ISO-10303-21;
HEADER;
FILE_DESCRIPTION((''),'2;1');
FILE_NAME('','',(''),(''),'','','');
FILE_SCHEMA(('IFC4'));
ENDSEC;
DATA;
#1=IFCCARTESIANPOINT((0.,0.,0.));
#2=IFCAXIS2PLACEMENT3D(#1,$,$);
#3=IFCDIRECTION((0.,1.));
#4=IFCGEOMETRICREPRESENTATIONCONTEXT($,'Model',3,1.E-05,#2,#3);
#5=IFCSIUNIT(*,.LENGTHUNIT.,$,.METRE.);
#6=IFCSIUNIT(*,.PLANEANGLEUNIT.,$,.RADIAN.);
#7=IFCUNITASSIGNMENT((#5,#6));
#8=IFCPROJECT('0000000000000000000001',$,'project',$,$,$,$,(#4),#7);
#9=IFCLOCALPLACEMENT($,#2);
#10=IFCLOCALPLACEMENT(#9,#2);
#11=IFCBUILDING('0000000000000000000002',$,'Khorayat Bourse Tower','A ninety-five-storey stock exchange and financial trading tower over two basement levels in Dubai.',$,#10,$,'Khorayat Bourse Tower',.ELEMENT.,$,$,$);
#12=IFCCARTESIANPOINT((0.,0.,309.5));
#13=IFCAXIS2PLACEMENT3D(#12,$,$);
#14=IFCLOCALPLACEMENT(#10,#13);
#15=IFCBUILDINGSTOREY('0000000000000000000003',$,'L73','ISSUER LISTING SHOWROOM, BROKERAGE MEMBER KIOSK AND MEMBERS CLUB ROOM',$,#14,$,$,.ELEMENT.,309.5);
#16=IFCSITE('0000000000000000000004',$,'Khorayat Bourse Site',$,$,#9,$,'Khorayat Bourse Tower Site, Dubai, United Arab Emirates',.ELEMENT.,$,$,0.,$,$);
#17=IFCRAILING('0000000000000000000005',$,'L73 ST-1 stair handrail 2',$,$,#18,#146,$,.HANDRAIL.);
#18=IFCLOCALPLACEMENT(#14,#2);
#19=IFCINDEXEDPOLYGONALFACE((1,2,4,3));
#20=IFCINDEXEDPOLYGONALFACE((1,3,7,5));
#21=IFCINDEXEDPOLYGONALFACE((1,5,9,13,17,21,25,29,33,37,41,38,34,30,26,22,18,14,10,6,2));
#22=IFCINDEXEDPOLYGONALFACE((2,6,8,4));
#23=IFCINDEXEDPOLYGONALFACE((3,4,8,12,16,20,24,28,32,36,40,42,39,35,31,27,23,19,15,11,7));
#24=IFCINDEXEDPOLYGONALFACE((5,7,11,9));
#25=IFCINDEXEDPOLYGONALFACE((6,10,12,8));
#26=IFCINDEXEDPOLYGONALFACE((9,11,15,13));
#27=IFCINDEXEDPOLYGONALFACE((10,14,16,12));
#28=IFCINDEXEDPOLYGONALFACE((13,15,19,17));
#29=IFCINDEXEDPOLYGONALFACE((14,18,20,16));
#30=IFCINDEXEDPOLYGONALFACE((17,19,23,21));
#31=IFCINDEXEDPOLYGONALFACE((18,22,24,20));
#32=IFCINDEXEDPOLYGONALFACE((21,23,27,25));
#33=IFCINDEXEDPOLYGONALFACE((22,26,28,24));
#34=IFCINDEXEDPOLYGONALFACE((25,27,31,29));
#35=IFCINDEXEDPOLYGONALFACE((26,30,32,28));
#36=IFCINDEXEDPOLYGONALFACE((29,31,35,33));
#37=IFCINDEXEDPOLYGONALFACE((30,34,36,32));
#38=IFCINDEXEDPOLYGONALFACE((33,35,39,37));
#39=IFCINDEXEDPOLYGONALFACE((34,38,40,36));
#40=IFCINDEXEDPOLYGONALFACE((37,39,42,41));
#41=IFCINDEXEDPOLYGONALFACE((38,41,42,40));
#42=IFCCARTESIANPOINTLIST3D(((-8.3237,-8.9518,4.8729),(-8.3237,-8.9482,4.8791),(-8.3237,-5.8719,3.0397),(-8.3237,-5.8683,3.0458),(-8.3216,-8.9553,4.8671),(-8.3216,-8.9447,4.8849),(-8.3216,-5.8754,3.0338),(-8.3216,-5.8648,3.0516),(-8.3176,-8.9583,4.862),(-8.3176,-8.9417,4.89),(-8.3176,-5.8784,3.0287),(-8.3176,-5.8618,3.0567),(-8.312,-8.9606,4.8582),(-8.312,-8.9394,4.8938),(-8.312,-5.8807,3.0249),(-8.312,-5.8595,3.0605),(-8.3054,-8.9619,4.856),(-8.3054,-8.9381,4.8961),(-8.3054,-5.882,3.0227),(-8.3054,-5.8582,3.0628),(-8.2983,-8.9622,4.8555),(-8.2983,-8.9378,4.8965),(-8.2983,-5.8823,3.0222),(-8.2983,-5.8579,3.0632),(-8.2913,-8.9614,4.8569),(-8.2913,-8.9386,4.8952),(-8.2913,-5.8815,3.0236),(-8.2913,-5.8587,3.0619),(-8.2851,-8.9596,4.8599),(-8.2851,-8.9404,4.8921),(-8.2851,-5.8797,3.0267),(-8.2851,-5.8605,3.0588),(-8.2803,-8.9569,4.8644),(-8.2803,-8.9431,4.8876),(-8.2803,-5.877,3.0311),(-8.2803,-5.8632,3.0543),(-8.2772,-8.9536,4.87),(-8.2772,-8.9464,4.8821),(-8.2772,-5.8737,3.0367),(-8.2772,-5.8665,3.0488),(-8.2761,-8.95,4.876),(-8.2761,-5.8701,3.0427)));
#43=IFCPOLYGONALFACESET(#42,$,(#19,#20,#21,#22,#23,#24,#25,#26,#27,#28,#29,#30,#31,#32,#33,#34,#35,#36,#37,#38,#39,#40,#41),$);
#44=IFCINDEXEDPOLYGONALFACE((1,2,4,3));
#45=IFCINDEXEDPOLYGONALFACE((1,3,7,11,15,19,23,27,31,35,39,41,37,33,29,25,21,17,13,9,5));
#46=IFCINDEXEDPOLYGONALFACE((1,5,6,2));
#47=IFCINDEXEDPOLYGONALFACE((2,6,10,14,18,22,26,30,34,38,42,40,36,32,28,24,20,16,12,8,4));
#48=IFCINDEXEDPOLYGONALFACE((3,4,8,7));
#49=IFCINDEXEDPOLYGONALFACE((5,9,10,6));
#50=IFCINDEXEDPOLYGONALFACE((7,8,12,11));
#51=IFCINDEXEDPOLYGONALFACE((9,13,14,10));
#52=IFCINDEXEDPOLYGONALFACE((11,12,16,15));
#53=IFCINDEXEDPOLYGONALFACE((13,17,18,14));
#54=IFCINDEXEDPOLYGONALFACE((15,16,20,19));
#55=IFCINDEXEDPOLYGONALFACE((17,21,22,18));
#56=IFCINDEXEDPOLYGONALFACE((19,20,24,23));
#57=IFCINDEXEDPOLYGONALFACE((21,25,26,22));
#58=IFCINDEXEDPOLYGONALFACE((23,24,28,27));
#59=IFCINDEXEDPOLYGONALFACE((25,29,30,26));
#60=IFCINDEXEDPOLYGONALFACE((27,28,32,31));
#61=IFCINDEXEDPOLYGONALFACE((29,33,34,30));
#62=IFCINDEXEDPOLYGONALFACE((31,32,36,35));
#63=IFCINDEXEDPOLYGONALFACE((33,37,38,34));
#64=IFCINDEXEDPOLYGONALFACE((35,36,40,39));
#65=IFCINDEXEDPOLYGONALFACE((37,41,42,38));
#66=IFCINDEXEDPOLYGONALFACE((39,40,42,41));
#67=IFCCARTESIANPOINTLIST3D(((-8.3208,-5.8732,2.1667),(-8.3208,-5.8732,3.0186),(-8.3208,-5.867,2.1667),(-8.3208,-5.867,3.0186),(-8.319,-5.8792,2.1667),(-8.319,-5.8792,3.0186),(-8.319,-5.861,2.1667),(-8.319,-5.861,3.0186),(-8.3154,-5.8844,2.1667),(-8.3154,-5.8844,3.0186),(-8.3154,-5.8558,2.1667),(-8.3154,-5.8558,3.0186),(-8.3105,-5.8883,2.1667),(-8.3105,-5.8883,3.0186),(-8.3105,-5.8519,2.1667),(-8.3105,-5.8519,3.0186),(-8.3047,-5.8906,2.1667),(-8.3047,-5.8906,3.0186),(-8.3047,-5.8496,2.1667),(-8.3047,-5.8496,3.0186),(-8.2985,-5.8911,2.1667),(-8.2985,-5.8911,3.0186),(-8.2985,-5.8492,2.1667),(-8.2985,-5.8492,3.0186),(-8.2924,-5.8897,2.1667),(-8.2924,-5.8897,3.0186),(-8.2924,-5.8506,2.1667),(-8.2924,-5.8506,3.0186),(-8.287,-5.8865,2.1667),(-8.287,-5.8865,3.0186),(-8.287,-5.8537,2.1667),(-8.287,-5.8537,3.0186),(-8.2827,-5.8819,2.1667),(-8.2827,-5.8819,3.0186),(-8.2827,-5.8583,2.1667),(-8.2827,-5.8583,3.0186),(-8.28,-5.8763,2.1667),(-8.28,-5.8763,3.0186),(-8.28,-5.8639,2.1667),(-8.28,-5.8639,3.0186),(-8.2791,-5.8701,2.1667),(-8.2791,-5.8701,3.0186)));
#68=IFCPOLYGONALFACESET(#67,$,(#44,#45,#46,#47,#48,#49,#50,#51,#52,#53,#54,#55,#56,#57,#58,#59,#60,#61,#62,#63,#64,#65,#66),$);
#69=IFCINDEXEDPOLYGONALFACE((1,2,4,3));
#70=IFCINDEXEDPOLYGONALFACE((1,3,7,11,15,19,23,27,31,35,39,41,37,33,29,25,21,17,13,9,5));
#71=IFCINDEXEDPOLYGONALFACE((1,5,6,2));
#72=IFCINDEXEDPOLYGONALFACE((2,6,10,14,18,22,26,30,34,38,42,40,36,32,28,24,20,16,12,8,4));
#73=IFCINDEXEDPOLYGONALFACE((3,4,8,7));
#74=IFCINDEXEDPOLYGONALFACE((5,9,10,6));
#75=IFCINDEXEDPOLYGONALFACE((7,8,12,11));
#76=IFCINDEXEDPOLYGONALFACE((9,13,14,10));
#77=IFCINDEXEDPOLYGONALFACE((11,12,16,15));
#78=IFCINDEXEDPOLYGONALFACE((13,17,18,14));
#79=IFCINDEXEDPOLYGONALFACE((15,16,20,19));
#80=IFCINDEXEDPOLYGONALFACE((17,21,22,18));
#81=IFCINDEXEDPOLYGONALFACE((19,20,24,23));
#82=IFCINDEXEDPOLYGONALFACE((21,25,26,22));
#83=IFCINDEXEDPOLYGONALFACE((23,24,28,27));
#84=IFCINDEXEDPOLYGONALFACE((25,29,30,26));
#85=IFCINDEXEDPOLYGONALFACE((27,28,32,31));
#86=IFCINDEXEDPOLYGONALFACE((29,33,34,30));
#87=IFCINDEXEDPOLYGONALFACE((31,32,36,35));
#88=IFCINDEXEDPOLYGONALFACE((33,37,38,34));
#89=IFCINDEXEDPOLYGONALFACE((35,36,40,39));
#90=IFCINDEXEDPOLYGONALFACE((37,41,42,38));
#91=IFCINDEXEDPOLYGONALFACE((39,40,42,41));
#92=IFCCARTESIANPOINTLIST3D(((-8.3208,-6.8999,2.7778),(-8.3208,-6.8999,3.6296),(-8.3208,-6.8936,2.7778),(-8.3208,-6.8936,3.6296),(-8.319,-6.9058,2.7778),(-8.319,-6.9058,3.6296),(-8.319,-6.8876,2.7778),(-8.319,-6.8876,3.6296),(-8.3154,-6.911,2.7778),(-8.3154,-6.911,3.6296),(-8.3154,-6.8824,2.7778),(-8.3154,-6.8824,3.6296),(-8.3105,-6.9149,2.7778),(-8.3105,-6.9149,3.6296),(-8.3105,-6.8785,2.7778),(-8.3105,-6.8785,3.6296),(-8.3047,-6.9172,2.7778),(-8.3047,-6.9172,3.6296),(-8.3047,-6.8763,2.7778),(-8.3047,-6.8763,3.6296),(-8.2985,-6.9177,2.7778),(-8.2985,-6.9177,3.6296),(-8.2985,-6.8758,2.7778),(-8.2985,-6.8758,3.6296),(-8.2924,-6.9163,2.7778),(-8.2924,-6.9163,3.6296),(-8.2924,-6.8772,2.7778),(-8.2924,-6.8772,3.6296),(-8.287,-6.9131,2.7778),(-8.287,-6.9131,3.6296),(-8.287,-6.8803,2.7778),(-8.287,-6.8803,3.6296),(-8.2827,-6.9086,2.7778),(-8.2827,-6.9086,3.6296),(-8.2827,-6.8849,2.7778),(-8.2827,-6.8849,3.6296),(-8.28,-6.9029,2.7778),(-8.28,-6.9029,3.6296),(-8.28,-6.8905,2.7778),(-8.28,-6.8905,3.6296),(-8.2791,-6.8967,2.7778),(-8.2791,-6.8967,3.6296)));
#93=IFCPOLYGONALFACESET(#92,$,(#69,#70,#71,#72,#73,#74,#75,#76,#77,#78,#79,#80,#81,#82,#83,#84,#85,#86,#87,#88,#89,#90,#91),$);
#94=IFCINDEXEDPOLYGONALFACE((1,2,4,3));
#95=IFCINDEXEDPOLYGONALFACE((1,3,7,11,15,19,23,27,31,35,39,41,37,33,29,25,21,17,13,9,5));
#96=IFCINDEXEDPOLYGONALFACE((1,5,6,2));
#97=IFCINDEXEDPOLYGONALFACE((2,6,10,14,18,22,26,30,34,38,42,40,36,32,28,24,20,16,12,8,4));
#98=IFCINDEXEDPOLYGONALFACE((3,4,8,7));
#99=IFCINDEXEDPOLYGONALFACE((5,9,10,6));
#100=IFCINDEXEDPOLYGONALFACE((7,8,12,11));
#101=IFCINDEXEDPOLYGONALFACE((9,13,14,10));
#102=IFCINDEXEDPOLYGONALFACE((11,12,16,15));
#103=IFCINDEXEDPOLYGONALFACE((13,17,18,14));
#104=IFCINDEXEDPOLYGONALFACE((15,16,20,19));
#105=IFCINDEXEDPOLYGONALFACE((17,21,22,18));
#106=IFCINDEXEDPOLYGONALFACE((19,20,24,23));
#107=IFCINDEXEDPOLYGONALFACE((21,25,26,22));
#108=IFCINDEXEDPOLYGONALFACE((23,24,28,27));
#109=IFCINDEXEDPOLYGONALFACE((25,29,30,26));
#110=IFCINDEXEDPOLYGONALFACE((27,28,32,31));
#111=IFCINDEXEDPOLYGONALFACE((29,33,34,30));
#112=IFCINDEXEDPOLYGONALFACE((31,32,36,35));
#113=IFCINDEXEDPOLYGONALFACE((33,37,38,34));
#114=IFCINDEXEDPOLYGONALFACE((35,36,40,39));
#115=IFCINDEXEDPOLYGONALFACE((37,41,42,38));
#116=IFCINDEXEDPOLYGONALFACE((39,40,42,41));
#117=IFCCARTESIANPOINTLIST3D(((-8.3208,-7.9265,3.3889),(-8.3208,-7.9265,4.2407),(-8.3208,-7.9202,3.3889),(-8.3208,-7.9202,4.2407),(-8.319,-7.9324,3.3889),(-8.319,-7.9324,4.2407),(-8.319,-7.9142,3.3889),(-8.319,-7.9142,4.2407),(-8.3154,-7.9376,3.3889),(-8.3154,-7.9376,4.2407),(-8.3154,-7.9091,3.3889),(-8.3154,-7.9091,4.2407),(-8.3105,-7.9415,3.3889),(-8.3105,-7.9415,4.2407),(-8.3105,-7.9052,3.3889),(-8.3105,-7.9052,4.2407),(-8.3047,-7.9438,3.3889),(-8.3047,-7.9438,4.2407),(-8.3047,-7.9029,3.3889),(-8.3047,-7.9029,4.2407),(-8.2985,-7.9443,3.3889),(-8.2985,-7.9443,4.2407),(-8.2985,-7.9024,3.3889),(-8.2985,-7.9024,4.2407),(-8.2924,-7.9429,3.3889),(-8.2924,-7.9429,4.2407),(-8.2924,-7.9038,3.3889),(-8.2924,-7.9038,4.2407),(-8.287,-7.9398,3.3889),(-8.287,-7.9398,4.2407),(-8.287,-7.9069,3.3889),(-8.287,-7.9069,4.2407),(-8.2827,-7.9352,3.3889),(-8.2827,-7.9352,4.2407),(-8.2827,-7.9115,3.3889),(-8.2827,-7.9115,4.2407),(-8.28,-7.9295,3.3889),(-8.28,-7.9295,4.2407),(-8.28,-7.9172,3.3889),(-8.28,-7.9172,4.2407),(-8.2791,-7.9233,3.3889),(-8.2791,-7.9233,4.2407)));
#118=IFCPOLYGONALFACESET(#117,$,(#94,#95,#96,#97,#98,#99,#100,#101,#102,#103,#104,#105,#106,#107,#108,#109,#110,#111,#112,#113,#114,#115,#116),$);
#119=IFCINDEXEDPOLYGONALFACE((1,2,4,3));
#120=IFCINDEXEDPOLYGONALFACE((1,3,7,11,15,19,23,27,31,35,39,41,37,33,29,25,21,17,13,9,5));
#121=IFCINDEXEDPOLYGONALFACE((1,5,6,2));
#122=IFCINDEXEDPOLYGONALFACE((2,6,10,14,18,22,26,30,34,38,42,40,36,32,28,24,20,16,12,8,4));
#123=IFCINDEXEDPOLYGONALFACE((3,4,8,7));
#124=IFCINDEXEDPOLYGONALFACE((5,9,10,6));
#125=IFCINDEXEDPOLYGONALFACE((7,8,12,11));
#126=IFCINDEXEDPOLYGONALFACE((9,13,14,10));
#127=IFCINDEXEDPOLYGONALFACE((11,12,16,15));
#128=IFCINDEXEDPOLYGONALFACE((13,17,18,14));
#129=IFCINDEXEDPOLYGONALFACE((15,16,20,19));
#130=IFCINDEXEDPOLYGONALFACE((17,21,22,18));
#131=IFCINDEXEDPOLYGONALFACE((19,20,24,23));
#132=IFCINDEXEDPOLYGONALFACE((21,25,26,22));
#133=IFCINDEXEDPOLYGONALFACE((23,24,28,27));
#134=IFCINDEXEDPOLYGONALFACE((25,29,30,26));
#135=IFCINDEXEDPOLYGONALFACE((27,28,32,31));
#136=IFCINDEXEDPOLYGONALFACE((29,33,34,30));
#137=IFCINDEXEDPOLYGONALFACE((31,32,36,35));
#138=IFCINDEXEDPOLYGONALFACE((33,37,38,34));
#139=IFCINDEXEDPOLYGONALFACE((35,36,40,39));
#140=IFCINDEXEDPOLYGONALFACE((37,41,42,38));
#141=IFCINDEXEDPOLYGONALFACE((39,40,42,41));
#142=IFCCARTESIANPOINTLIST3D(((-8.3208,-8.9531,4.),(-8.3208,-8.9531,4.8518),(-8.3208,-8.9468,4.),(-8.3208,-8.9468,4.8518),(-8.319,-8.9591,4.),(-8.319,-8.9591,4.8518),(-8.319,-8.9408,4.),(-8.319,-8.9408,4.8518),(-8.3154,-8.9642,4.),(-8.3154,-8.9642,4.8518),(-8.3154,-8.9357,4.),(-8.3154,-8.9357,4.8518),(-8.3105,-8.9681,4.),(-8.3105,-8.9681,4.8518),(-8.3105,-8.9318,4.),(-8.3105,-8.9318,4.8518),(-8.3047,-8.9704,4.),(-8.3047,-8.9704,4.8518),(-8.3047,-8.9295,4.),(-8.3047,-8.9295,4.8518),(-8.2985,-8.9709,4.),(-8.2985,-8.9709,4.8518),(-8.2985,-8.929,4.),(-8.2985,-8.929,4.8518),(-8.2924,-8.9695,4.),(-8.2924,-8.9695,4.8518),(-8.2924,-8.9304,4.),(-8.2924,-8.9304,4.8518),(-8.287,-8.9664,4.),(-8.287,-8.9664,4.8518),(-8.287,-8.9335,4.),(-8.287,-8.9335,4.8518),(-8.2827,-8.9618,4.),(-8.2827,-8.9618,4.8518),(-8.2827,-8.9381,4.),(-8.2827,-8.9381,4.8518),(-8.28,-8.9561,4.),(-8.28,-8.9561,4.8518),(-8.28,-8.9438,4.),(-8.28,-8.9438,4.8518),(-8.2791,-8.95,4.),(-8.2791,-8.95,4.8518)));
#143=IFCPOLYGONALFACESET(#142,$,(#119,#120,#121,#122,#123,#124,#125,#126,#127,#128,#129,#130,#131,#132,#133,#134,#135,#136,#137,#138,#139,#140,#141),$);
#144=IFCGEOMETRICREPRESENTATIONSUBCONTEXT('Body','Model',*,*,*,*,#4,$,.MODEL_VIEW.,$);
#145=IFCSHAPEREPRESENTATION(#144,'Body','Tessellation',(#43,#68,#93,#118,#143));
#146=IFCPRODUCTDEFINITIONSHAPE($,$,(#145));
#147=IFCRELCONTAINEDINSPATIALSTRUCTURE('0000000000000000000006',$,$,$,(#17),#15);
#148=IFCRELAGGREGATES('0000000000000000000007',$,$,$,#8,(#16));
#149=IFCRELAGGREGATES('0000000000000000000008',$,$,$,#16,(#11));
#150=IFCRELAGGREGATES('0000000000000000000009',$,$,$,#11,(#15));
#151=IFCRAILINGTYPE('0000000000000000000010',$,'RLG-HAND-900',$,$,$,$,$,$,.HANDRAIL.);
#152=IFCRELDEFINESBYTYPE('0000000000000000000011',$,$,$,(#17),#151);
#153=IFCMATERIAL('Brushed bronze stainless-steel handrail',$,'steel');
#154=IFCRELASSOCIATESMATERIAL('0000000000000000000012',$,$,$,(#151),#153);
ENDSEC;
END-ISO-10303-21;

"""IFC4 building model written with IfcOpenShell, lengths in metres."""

from ifc_helpers import new_model, si_unit, direction, frame, origin, origin_2d, place, context, subcontext, project, spatial, circle, extrude, source, transform, mapped, material, type_object, element, save


model = new_model("IFC4")

# Units and contexts
model_context = context("Model", 3, precision=1e-05, world=origin(), true_north=direction((0.0, 1.0)))
body_context = subcontext(model_context, "Body", "Model", "MODEL_VIEW")
ifc_project = project(units=[si_unit("LENGTHUNIT", "METRE"), si_unit("PLANEANGLEUNIT", "RADIAN")], contexts=[model_context])

# Site, building, storey
site_placement = place(None, origin())
site = spatial("IfcSite", under=ifc_project, at=site_placement, Name="Khorayat Bourse Site", LongName="Khorayat Bourse Tower Site, Dubai, United Arab Emirates", CompositionType="ELEMENT", RefElevation=0.0)
building_placement = place(site_placement, origin())
building = spatial("IfcBuilding", under=site, at=building_placement, Name="Khorayat Bourse Tower", Description="A ninety-five-storey stock exchange and financial trading tower over two basement levels in Dubai.", LongName="Khorayat Bourse Tower", CompositionType="ELEMENT")
storey_placement = place(building_placement, frame((0.0, 0.0, 309.5)))
storey = spatial("IfcBuildingStorey", under=building, at=storey_placement, Name="L73", Description="ISSUER LISTING SHOWROOM, BROKERAGE MEMBER KIOSK AND MEMBERS CLUB ROOM", CompositionType="ELEMENT", Elevation=309.5)

# Railing
ifc_material_1 = material(Name="Brushed bronze stainless-steel handrail", Category="steel")
railing_type_1 = type_object("IfcRailingType", Name="RLG-HAND-900", PredefinedType="HANDRAIL", material=ifc_material_1)
shared_shape_1 = source(origin(), body_context, "Body", "SweptSolid", [
    extrude(circle(Radius=0.0239, at=origin_2d()), frame((0.0, 0.0, 0.876), z_axis=(0.0, -0.859291, 0.511487), x_axis=(1.0, 0.0, 0.0)), (0.0, 0.0, 1.0), 3.5842),
    extrude(circle(Radius=0.021, at=origin_2d()), origin(), (0.0, 0.0, 1.0), 0.8518),
    extrude(circle(Radius=0.021, at=origin_2d()), frame((0.0, -1.0266, 0.6111)), (0.0, 0.0, 1.0), 0.8518),
    extrude(circle(Radius=0.021, at=origin_2d()), frame((0.0, -2.0532, 1.2222)), (0.0, 0.0, 1.0), 0.8518),
    extrude(circle(Radius=0.021, at=origin_2d()), frame((0.0, -3.0798, 1.8333)), (0.0, 0.0, 1.0), 0.8518),
])
railing_1_placement = place(storey_placement, frame((-8.3, -5.8701, 2.1667)))
element("IfcRailing", 1, at=railing_1_placement, inside=storey, type_object=railing_type_1, Name="L73 ST-1 stair handrail 2", PredefinedType="HANDRAIL", context=body_context, shape_type="MappedRepresentation", body=[
    mapped(shared_shape_1, transform((0.0, 0.0, 0.0), scale=1.0)),
])

save(model, "model.ifc")
